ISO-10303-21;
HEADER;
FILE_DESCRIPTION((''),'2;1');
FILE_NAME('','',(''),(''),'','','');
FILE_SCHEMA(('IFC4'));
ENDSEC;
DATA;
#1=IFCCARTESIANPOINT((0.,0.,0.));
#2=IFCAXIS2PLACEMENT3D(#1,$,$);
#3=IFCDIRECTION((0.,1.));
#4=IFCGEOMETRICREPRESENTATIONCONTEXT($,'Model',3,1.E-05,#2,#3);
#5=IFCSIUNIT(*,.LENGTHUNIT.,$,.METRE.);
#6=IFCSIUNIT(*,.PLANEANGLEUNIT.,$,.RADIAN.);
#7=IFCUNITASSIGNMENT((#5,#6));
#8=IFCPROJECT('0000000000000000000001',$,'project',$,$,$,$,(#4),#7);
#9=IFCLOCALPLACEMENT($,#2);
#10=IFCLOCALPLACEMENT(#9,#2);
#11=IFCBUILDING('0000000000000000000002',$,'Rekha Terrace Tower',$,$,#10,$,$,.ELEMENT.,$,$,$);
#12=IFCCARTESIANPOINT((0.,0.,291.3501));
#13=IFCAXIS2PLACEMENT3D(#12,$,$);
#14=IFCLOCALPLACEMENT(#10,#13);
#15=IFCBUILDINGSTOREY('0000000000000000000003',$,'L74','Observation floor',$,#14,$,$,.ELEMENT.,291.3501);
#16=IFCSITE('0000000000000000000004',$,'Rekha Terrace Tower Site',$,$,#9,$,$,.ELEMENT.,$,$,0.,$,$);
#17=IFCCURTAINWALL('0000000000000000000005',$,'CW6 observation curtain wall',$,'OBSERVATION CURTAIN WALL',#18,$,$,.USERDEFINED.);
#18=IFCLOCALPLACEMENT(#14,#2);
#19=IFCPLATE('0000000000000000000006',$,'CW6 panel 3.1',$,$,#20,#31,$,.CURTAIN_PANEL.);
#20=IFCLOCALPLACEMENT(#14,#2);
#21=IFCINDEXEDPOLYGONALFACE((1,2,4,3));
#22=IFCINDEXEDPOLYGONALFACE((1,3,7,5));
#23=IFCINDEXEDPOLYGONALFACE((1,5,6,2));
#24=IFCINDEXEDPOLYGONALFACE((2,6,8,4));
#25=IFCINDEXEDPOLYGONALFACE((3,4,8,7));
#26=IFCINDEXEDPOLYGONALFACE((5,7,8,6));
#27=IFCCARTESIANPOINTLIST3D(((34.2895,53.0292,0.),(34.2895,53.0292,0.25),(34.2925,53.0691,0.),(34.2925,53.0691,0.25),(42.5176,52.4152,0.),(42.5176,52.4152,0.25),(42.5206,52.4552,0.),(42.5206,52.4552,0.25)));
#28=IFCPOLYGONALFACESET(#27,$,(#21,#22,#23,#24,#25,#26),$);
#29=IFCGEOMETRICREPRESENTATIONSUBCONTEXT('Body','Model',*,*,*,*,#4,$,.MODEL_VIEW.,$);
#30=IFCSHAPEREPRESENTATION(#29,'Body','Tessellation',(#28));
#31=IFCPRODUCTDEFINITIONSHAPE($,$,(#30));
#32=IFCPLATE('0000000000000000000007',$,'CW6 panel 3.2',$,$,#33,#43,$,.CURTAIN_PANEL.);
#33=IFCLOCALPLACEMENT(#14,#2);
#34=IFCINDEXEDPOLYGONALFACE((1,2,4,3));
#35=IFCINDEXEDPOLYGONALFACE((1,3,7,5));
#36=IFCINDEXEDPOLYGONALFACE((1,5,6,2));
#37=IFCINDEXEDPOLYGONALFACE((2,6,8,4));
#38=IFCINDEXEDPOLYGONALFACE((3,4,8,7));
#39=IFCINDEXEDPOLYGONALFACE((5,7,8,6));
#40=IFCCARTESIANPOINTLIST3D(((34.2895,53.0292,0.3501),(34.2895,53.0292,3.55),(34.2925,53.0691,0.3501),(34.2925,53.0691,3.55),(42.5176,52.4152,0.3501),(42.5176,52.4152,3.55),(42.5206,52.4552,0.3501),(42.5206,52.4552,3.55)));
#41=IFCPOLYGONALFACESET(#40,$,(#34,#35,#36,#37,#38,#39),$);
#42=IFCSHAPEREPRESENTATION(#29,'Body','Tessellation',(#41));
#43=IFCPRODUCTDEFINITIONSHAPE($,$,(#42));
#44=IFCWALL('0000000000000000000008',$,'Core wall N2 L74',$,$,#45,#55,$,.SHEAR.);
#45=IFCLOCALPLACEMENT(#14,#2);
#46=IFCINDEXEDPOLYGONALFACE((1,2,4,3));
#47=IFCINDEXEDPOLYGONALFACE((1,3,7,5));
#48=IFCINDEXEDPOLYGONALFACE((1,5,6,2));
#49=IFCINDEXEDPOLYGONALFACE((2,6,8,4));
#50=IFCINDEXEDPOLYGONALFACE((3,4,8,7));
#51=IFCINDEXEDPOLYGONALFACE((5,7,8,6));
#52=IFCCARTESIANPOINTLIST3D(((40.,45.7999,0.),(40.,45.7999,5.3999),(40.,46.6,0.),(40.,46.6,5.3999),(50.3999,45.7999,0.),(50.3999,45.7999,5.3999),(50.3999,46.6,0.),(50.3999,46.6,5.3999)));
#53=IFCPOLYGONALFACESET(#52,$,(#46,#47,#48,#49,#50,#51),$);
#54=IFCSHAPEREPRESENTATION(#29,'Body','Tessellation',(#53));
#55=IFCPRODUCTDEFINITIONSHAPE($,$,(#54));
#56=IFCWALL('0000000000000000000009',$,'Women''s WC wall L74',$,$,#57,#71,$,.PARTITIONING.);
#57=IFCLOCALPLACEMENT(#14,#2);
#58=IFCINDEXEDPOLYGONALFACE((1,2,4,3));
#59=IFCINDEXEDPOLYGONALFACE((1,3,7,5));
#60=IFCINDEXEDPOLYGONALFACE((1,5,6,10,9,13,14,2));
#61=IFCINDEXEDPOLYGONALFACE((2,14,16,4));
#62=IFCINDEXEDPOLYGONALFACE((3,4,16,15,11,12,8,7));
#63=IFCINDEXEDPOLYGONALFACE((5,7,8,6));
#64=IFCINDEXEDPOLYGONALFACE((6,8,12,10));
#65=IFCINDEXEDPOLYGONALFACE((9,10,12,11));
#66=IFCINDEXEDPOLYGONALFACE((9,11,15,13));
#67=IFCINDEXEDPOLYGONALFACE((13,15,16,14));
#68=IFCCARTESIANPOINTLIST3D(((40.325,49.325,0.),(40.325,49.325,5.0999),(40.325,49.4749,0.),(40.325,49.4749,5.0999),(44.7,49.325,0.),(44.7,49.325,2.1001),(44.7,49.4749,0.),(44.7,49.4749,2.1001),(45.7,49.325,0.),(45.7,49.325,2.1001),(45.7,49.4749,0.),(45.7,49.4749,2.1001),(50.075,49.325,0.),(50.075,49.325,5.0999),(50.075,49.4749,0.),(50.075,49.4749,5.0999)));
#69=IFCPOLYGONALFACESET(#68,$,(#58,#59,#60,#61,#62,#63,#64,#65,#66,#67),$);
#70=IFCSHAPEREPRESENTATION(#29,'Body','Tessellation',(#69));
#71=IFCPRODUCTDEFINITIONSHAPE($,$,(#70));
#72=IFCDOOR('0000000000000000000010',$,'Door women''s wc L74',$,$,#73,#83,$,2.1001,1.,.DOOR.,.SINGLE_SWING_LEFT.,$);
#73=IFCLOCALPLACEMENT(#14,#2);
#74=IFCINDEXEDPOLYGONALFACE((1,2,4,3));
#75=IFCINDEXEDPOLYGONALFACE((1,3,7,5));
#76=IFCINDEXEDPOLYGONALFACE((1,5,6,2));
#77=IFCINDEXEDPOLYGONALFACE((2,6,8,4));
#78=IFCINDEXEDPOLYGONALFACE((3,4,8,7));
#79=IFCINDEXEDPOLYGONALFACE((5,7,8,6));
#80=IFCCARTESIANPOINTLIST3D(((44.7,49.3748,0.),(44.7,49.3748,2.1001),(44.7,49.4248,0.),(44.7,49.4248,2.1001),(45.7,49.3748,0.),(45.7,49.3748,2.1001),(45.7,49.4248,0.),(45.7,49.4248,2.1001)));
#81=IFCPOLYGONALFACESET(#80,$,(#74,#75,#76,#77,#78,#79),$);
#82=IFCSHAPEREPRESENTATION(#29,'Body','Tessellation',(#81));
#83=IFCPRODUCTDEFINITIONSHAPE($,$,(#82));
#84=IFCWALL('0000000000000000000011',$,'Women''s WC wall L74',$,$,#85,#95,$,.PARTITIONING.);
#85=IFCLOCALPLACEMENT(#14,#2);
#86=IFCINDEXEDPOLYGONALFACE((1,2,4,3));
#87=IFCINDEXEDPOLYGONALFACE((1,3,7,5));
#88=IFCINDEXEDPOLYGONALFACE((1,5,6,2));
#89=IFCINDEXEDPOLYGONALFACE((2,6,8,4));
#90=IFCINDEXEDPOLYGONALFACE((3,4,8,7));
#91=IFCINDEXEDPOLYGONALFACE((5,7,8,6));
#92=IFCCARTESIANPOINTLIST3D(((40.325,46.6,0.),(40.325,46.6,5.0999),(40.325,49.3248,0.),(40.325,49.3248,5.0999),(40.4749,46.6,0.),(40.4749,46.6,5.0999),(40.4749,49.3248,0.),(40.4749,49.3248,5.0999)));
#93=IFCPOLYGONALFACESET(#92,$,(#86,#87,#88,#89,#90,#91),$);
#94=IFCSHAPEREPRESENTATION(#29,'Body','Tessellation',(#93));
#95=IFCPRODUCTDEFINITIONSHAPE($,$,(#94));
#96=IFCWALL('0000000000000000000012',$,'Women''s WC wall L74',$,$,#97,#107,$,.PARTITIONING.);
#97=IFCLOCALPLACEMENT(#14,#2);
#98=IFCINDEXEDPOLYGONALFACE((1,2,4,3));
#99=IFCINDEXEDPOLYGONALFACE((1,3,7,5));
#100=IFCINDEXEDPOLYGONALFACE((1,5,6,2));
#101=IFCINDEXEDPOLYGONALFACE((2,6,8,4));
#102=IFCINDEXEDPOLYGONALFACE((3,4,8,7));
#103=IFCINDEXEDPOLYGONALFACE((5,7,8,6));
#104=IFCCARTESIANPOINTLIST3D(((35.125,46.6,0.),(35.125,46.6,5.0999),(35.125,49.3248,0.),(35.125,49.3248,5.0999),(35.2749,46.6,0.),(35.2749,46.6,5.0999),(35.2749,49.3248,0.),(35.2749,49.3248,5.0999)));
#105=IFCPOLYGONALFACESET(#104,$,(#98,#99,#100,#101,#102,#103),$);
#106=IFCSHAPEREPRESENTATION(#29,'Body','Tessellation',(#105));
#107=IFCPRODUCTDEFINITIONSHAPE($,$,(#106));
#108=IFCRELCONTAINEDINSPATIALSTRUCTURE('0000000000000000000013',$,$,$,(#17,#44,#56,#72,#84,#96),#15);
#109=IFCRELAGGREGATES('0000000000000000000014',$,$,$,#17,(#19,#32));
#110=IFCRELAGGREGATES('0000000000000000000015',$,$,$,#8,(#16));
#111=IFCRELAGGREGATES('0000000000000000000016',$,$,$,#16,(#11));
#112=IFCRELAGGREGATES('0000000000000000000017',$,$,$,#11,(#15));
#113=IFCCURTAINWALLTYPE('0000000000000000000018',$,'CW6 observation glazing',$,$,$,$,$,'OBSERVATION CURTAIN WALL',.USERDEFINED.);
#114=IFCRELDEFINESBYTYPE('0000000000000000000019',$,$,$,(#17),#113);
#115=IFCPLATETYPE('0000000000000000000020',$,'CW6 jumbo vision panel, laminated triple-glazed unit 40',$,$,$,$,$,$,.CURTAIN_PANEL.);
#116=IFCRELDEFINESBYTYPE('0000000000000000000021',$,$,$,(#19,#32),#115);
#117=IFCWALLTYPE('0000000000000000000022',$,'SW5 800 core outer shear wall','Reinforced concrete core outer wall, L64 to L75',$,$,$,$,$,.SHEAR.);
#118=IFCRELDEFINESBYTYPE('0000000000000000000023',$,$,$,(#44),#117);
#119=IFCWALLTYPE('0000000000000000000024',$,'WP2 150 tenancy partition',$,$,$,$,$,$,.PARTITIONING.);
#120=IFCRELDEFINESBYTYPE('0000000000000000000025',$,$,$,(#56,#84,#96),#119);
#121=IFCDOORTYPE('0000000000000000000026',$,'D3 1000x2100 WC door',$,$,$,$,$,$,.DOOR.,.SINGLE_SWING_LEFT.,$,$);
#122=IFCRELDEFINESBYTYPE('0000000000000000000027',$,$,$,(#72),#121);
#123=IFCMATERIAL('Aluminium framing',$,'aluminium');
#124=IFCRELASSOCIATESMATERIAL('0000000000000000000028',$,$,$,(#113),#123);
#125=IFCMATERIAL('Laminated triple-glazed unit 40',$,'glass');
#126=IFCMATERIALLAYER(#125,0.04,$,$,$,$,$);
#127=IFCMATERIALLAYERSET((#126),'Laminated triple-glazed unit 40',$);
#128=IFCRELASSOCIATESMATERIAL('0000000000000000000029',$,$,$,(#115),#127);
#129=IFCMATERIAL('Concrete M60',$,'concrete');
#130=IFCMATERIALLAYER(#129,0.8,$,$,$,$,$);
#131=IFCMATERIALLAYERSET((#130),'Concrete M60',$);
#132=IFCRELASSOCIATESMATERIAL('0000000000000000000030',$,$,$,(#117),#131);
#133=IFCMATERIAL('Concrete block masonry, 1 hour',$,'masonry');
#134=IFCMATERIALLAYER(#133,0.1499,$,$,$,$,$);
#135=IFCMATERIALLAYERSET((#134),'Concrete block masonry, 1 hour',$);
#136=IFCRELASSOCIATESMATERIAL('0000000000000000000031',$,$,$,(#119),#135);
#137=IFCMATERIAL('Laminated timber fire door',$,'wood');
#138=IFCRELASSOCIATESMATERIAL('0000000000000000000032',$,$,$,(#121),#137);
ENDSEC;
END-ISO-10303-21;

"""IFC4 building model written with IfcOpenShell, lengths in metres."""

from ifc_helpers import new_model, si_unit, direction, frame, frame_2d, origin, origin_2d, place, context, subcontext, project, spatial, rectangle, extrude, material, layer, layer_set, type_object, element, fill, aggregate, save


model = new_model("IFC4")

# Units and contexts
model_context = context("Model", 3, precision=1e-05, world=origin(), true_north=direction((0.0, 1.0)))
body_context = subcontext(model_context, "Body", "Model", "MODEL_VIEW")
ifc_project = project(units=[si_unit("LENGTHUNIT", "METRE"), si_unit("PLANEANGLEUNIT", "RADIAN")], contexts=[model_context])

# Site, building, storey
site_placement = place(None, origin())
site = spatial("IfcSite", under=ifc_project, at=site_placement, Name="Rekha Terrace Tower Site", CompositionType="ELEMENT", RefElevation=0.0)
building_placement = place(site_placement, origin())
building = spatial("IfcBuilding", under=site, at=building_placement, Name="Rekha Terrace Tower", CompositionType="ELEMENT")
storey_placement = place(building_placement, frame((0.0, 0.0, 291.3501)))
storey = spatial("IfcBuildingStorey", under=building, at=storey_placement, Name="L74", Description="Observation floor", CompositionType="ELEMENT", Elevation=291.3501)

# Curtain wall
ifc_material_1 = material(Name="Aluminium framing", Category="aluminium")
curtain_wall_type = type_object("IfcCurtainWallType", Name="CW6 observation glazing", ElementType="OBSERVATION CURTAIN WALL", PredefinedType="USERDEFINED", material=ifc_material_1)
curtain_wall_1_placement = place(storey_placement, origin())
curtain_wall_1 = element("IfcCurtainWall", 1, at=curtain_wall_1_placement, inside=storey, type_object=curtain_wall_type, Name="CW6 observation curtain wall", ObjectType="OBSERVATION CURTAIN WALL", PredefinedType="USERDEFINED")

# Shared definitions
ifc_material_2 = material(Name="Concrete M60", Category="concrete")

# Plates
ifc_material_3 = material(Name="Laminated triple-glazed unit 40", Category="glass")
ifc_layer_1 = layer(ifc_material_3, 0.04)
ifc_layer_set_1 = layer_set([ifc_layer_1], Name="Laminated triple-glazed unit 40")
plate_type = type_object("IfcPlateType", Name="CW6 jumbo vision panel, laminated triple-glazed unit 40", PredefinedType="CURTAIN_PANEL", material=ifc_layer_set_1)
plate_1_placement = place(storey_placement, frame((38.405, 52.7422, 0.0), z_axis=(0.0, 0.0, 1.0), x_axis=(-0.997227, 0.074414, 0.0)))
plate_1 = element("IfcPlate", 2, at=plate_1_placement, type_object=plate_type, Name="CW6 panel 3.1", PredefinedType="CURTAIN_PANEL", context=body_context, shape_type="SweptSolid", body=[
    extrude(rectangle(XDim=8.251, YDim=0.04, at=origin_2d()), origin(), (0.0, 0.0, 1.0), 0.25),
])
plate_2_placement = place(storey_placement, frame((38.405, 52.7422, 0.3501), z_axis=(0.0, 0.0, 1.0), x_axis=(-0.997227, 0.074414, 0.0)))
plate_2 = element("IfcPlate", 3, at=plate_2_placement, type_object=plate_type, Name="CW6 panel 3.2", PredefinedType="CURTAIN_PANEL", context=body_context, shape_type="SweptSolid", body=[
    extrude(rectangle(XDim=8.251, YDim=0.04, at=origin_2d()), origin(), (0.0, 0.0, 1.0), 3.2),
])
aggregate(curtain_wall_1, [plate_1, plate_2])

# Wall
ifc_layer_2 = layer(ifc_material_2, 0.8)
ifc_layer_set_2 = layer_set([ifc_layer_2], Name="Concrete M60")
wall_type_1 = type_object("IfcWallType", Name="SW5 800 core outer shear wall", Description="Reinforced concrete core outer wall, L64 to L75", PredefinedType="SHEAR", material=ifc_layer_set_2)
wall_1_placement = place(storey_placement, frame((40.0, 46.2, 0.0), z_axis=(0.0, 0.0, 1.0), x_axis=(1.0, 0.0, 0.0)))
element("IfcWall", 4, at=wall_1_placement, inside=storey, type_object=wall_type_1, Name="Core wall N2 L74", PredefinedType="SHEAR", context=body_context, shape_type="SweptSolid", body=[
    extrude(rectangle(XDim=10.3999, YDim=0.8, at=frame_2d((5.2, 0.0))), origin(), (0.0, 0.0, 1.0), 5.3999),
])

# Wall, opening, door
ifc_material_4 = material(Name="Concrete block masonry, 1 hour", Category="masonry")
ifc_layer_3 = layer(ifc_material_4, 0.1499)
ifc_layer_set_3 = layer_set([ifc_layer_3], Name="Concrete block masonry, 1 hour")
wall_type_2 = type_object("IfcWallType", Name="WP2 150 tenancy partition", PredefinedType="PARTITIONING", material=ifc_layer_set_3)
wall_2_placement = place(storey_placement, frame((40.325, 49.3999, 0.0), z_axis=(0.0, 0.0, 1.0), x_axis=(1.0, 0.0, 0.0)))
wall_2 = element("IfcWall", 5, at=wall_2_placement, inside=storey, type_object=wall_type_2, Name="Women's WC wall L74", PredefinedType="PARTITIONING", context=body_context, shape_type="SweptSolid", body=[
    extrude(rectangle(XDim=9.75, YDim=0.1499, at=frame_2d((4.875, 0.0))), origin(), (0.0, 0.0, 1.0), 5.0999),
])
opening_placement = place(wall_2_placement, frame((4.375, 0.0, 0.0)))
opening = element("IfcOpeningElement", 6, at=opening_placement, cuts=wall_2, PredefinedType="OPENING", context=body_context, shape_type="SweptSolid", body=[
    extrude(rectangle(XDim=1.0, YDim=2.1001, at=frame_2d((0.5, 1.05))), frame((0.0, 0.085, 0.0), z_axis=(0.0, -1.0, 0.0), x_axis=(1.0, 0.0, 0.0)), (0.0, 0.0, 1.0), 0.1699),
])
ifc_material_5 = material(Name="Laminated timber fire door", Category="wood")
door_type = type_object("IfcDoorType", Name="D3 1000x2100 WC door", OperationType="SINGLE_SWING_LEFT", PredefinedType="DOOR", material=ifc_material_5)
door_placement = place(opening_placement, origin())
door = element("IfcDoor", 7, at=door_placement, inside=storey, type_object=door_type, Name="Door women's wc L74", OperationType="SINGLE_SWING_LEFT", OverallHeight=2.1001, OverallWidth=1.0, PredefinedType="DOOR", context=body_context, shape_type="SweptSolid", body=[
    extrude(rectangle(XDim=1.0, YDim=2.1001, at=frame_2d((0.5, 1.05))), frame((0.0, 0.0249, 0.0), z_axis=(0.0, -1.0, 0.0), x_axis=(1.0, 0.0, 0.0)), (0.0, 0.0, 1.0), 0.05),
])
fill(opening, door)

# Walls
for number, where, z_axis, x_axis, name in (
    (8, (40.3999, 46.6001, 0.0), (0.0, 0.0, 1.0), (0.0, 1.0, 0.0), "Women's WC wall L74"),
    (9, (35.2, 46.6001, 0.0), (0.0, 0.0, 1.0), (0.0, 1.0, 0.0), "Women's WC wall L74"),
):
    element("IfcWall", number, at=place(storey_placement, frame(where, z_axis=z_axis, x_axis=x_axis)), inside=storey, type_object=wall_type_2, Name=name, PredefinedType="PARTITIONING", context=body_context, shape_type="SweptSolid", body=[
        extrude(rectangle(XDim=2.7249, YDim=0.1499, at=frame_2d((1.3623, 0.0))), origin(), (0.0, 0.0, 1.0), 5.0999),
    ])

save(model, "model.ifc")
